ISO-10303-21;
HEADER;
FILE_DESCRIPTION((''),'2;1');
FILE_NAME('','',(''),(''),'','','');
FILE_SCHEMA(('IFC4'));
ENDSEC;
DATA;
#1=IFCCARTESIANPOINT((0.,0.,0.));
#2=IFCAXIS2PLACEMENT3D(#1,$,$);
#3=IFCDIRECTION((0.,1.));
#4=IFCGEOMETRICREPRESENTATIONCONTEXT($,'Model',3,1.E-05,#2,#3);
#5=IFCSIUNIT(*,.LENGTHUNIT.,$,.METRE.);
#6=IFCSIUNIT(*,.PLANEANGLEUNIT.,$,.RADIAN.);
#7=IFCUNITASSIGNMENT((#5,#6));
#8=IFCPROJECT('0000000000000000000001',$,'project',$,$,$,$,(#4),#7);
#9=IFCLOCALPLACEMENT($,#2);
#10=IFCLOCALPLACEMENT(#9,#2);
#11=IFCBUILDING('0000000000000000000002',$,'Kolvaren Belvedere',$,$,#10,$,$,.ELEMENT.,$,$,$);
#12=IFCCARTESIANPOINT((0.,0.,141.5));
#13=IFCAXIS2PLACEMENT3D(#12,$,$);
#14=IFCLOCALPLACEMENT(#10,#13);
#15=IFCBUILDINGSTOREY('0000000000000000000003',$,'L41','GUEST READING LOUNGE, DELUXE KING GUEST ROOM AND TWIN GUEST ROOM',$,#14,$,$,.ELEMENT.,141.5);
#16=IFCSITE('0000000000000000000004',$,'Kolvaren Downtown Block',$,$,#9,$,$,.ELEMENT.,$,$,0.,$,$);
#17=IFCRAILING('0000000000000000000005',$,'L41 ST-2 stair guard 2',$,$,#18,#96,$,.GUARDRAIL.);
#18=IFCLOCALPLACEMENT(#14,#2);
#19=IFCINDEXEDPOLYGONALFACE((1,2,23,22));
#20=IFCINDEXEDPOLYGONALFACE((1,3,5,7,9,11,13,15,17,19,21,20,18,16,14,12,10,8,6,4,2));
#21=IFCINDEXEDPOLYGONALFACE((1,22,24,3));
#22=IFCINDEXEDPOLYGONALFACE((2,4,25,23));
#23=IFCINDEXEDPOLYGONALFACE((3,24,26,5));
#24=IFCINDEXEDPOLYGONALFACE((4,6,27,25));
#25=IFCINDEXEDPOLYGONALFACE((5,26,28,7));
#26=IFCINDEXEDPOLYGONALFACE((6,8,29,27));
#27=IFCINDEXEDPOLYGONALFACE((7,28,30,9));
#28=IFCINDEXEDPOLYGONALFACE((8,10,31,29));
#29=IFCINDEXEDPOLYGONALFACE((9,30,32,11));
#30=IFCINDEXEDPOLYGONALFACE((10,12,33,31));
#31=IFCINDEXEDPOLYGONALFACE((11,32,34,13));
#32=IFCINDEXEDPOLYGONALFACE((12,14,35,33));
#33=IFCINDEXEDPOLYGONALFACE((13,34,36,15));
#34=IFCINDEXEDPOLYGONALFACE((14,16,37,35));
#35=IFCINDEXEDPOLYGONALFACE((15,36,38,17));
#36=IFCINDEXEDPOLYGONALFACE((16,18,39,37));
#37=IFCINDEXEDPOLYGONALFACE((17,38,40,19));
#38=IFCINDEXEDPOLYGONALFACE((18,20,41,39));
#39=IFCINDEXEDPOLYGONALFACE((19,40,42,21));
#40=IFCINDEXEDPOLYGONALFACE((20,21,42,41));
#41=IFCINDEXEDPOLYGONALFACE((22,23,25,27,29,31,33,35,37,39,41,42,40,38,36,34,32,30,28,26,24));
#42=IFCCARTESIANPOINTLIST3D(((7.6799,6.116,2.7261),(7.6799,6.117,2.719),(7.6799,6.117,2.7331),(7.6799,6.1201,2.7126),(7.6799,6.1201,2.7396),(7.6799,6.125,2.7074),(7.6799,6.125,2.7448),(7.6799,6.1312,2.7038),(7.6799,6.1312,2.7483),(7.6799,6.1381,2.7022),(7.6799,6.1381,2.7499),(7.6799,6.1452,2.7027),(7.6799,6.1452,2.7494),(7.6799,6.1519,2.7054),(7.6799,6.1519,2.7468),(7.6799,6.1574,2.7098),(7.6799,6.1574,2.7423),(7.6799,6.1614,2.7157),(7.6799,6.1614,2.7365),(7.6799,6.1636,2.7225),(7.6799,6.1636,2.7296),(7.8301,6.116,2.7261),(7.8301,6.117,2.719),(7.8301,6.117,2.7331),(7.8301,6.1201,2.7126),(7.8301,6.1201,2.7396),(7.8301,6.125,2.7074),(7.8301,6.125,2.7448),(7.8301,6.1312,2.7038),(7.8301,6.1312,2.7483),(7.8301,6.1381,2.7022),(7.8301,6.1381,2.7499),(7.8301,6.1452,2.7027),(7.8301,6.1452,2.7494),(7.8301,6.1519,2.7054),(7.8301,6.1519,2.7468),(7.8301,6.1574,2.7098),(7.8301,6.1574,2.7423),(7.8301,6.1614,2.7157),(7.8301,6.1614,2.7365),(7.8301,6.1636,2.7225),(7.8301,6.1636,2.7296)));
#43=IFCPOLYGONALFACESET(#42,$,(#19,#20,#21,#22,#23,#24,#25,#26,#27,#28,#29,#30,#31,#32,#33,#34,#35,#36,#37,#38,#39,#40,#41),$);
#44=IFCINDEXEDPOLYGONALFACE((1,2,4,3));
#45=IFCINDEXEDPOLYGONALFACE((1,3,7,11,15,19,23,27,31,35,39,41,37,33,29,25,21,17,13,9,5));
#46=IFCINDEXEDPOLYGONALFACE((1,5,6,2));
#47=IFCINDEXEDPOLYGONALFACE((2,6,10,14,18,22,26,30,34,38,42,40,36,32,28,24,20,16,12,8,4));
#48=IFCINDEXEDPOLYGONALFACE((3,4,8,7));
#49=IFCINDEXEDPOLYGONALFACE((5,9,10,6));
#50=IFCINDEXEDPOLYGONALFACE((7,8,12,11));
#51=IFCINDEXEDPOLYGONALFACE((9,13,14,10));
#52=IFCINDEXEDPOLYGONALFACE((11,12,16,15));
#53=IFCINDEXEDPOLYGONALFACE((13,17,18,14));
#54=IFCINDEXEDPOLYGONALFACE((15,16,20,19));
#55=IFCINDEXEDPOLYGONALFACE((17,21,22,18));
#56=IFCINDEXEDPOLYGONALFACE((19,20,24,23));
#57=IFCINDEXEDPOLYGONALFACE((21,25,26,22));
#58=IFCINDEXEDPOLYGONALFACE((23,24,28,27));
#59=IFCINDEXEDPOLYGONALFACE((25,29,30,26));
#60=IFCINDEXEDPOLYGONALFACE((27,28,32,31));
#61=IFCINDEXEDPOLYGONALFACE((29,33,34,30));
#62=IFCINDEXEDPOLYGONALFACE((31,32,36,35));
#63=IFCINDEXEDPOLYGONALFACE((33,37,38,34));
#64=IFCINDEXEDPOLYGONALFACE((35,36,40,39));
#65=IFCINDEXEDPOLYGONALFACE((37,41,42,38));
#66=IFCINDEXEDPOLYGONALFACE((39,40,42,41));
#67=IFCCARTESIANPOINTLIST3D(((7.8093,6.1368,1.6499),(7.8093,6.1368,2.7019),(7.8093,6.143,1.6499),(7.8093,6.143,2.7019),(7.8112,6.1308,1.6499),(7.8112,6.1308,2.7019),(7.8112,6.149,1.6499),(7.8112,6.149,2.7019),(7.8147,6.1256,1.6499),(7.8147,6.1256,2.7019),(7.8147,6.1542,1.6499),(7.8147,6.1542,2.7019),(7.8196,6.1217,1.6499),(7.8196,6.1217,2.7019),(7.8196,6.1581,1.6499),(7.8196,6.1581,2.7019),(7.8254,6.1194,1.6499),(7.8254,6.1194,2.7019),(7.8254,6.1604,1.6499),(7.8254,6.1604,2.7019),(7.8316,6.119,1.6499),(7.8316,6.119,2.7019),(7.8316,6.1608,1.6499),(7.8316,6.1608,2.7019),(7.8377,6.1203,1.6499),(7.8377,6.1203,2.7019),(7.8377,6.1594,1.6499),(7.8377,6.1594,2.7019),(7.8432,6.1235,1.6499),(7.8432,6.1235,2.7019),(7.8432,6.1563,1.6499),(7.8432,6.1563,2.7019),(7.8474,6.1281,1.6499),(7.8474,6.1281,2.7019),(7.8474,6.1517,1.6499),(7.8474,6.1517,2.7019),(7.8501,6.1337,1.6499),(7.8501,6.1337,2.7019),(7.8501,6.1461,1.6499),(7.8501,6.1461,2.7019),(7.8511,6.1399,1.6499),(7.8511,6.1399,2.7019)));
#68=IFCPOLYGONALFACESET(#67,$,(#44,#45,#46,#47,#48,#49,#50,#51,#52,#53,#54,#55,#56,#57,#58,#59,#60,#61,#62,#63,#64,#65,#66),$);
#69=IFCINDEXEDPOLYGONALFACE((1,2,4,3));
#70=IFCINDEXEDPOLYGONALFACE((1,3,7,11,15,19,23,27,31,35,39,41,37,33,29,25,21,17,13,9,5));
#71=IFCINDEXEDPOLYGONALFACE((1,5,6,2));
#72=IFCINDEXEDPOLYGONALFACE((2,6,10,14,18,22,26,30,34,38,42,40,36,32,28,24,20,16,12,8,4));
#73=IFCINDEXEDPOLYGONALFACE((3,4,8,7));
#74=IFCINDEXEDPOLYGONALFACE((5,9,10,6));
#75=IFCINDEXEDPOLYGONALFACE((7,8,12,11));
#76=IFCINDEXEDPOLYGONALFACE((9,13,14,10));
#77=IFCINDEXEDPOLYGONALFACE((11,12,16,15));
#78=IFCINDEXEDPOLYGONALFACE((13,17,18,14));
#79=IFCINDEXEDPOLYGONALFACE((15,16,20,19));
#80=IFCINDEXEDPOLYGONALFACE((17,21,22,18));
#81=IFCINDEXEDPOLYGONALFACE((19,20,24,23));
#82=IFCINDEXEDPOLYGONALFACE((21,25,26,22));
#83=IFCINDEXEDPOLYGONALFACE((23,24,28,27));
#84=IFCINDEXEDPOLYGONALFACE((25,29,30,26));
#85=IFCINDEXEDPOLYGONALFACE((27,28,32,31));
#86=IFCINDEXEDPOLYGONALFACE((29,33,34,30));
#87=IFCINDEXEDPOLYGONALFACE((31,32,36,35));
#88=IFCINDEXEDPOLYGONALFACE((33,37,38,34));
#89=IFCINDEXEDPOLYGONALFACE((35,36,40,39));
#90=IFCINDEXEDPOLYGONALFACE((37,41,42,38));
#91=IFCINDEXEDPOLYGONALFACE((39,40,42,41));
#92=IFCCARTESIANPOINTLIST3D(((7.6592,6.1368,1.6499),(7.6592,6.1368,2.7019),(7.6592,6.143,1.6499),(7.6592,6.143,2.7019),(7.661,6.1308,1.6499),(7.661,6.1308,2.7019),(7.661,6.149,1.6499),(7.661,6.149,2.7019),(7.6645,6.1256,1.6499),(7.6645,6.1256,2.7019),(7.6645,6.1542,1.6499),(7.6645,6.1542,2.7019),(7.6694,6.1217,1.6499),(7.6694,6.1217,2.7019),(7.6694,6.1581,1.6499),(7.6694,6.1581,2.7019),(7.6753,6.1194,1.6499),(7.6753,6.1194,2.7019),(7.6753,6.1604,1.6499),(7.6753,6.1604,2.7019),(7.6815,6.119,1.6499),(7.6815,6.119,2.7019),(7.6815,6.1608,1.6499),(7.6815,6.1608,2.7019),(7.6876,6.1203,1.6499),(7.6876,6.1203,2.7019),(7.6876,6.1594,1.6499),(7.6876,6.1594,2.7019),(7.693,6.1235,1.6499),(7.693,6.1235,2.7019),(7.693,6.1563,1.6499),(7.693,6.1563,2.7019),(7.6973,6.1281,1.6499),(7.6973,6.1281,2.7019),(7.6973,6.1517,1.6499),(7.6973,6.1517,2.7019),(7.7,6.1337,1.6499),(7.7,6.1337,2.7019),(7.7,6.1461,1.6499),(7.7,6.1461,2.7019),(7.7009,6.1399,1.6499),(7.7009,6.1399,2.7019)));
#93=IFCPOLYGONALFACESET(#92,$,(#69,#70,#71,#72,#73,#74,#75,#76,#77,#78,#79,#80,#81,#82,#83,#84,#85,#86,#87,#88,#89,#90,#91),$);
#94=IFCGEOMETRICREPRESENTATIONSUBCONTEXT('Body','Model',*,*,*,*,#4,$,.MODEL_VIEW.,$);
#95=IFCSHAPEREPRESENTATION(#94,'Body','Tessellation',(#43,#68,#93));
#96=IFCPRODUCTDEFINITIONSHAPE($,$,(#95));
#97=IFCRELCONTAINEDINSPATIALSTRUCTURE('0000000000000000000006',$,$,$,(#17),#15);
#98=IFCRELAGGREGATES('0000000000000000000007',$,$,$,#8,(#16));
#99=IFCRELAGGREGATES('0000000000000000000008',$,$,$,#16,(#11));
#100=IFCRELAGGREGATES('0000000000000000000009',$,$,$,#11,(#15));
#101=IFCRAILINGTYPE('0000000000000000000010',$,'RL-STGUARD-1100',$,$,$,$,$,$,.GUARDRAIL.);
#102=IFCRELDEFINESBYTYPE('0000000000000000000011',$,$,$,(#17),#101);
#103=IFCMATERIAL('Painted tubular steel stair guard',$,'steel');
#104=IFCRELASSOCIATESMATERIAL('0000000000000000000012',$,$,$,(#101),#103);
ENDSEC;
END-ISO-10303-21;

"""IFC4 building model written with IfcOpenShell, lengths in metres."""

from ifc_helpers import new_model, si_unit, direction, frame, origin, origin_2d, place, context, subcontext, project, spatial, circle, extrude, material, type_object, element, save


model = new_model("IFC4")

# Units and contexts
model_context = context("Model", 3, precision=1e-05, world=origin(), true_north=direction((0.0, 1.0)))
body_context = subcontext(model_context, "Body", "Model", "MODEL_VIEW")
ifc_project = project(units=[si_unit("LENGTHUNIT", "METRE"), si_unit("PLANEANGLEUNIT", "RADIAN")], contexts=[model_context])

# Site, building, storey
site_placement = place(None, origin())
site = spatial("IfcSite", under=ifc_project, at=site_placement, Name="Kolvaren Downtown Block", CompositionType="ELEMENT", RefElevation=0.0)
building_placement = place(site_placement, origin())
building = spatial("IfcBuilding", under=site, at=building_placement, Name="Kolvaren Belvedere", CompositionType="ELEMENT")
storey_placement = place(building_placement, frame((0.0, 0.0, 141.5)))
storey = spatial("IfcBuildingStorey", under=building, at=storey_placement, Name="L41", Description="GUEST READING LOUNGE, DELUXE KING GUEST ROOM AND TWIN GUEST ROOM", CompositionType="ELEMENT", Elevation=141.5)

# Railing
ifc_material_1 = material(Name="Painted tubular steel stair guard", Category="steel")
railing_type_1 = type_object("IfcRailingType", Name="RL-STGUARD-1100", PredefinedType="GUARDRAIL", material=ifc_material_1)
railing_1_placement = place(storey_placement, frame((7.8301, 6.1399, 1.6499)))
element("IfcRailing", 1, at=railing_1_placement, inside=storey, type_object=railing_type_1, Name="L41 ST-2 stair guard 2", PredefinedType="GUARDRAIL", context=body_context, shape_type="SweptSolid", body=[
    extrude(circle(Radius=0.0239, at=origin_2d()), frame((0.0, 0.0, 1.0762), z_axis=(-1.0, 0.0, 0.0), x_axis=(0.0, -1.0, 0.0)), (0.0, 0.0, 1.0), 0.1501),
    extrude(circle(Radius=0.021, at=origin_2d()), origin(), (0.0, 0.0, 1.0), 1.052),
    extrude(circle(Radius=0.021, at=origin_2d()), frame((-0.1501, 0.0, 0.0)), (0.0, 0.0, 1.0), 1.052),
])

save(model, "model.ifc")
